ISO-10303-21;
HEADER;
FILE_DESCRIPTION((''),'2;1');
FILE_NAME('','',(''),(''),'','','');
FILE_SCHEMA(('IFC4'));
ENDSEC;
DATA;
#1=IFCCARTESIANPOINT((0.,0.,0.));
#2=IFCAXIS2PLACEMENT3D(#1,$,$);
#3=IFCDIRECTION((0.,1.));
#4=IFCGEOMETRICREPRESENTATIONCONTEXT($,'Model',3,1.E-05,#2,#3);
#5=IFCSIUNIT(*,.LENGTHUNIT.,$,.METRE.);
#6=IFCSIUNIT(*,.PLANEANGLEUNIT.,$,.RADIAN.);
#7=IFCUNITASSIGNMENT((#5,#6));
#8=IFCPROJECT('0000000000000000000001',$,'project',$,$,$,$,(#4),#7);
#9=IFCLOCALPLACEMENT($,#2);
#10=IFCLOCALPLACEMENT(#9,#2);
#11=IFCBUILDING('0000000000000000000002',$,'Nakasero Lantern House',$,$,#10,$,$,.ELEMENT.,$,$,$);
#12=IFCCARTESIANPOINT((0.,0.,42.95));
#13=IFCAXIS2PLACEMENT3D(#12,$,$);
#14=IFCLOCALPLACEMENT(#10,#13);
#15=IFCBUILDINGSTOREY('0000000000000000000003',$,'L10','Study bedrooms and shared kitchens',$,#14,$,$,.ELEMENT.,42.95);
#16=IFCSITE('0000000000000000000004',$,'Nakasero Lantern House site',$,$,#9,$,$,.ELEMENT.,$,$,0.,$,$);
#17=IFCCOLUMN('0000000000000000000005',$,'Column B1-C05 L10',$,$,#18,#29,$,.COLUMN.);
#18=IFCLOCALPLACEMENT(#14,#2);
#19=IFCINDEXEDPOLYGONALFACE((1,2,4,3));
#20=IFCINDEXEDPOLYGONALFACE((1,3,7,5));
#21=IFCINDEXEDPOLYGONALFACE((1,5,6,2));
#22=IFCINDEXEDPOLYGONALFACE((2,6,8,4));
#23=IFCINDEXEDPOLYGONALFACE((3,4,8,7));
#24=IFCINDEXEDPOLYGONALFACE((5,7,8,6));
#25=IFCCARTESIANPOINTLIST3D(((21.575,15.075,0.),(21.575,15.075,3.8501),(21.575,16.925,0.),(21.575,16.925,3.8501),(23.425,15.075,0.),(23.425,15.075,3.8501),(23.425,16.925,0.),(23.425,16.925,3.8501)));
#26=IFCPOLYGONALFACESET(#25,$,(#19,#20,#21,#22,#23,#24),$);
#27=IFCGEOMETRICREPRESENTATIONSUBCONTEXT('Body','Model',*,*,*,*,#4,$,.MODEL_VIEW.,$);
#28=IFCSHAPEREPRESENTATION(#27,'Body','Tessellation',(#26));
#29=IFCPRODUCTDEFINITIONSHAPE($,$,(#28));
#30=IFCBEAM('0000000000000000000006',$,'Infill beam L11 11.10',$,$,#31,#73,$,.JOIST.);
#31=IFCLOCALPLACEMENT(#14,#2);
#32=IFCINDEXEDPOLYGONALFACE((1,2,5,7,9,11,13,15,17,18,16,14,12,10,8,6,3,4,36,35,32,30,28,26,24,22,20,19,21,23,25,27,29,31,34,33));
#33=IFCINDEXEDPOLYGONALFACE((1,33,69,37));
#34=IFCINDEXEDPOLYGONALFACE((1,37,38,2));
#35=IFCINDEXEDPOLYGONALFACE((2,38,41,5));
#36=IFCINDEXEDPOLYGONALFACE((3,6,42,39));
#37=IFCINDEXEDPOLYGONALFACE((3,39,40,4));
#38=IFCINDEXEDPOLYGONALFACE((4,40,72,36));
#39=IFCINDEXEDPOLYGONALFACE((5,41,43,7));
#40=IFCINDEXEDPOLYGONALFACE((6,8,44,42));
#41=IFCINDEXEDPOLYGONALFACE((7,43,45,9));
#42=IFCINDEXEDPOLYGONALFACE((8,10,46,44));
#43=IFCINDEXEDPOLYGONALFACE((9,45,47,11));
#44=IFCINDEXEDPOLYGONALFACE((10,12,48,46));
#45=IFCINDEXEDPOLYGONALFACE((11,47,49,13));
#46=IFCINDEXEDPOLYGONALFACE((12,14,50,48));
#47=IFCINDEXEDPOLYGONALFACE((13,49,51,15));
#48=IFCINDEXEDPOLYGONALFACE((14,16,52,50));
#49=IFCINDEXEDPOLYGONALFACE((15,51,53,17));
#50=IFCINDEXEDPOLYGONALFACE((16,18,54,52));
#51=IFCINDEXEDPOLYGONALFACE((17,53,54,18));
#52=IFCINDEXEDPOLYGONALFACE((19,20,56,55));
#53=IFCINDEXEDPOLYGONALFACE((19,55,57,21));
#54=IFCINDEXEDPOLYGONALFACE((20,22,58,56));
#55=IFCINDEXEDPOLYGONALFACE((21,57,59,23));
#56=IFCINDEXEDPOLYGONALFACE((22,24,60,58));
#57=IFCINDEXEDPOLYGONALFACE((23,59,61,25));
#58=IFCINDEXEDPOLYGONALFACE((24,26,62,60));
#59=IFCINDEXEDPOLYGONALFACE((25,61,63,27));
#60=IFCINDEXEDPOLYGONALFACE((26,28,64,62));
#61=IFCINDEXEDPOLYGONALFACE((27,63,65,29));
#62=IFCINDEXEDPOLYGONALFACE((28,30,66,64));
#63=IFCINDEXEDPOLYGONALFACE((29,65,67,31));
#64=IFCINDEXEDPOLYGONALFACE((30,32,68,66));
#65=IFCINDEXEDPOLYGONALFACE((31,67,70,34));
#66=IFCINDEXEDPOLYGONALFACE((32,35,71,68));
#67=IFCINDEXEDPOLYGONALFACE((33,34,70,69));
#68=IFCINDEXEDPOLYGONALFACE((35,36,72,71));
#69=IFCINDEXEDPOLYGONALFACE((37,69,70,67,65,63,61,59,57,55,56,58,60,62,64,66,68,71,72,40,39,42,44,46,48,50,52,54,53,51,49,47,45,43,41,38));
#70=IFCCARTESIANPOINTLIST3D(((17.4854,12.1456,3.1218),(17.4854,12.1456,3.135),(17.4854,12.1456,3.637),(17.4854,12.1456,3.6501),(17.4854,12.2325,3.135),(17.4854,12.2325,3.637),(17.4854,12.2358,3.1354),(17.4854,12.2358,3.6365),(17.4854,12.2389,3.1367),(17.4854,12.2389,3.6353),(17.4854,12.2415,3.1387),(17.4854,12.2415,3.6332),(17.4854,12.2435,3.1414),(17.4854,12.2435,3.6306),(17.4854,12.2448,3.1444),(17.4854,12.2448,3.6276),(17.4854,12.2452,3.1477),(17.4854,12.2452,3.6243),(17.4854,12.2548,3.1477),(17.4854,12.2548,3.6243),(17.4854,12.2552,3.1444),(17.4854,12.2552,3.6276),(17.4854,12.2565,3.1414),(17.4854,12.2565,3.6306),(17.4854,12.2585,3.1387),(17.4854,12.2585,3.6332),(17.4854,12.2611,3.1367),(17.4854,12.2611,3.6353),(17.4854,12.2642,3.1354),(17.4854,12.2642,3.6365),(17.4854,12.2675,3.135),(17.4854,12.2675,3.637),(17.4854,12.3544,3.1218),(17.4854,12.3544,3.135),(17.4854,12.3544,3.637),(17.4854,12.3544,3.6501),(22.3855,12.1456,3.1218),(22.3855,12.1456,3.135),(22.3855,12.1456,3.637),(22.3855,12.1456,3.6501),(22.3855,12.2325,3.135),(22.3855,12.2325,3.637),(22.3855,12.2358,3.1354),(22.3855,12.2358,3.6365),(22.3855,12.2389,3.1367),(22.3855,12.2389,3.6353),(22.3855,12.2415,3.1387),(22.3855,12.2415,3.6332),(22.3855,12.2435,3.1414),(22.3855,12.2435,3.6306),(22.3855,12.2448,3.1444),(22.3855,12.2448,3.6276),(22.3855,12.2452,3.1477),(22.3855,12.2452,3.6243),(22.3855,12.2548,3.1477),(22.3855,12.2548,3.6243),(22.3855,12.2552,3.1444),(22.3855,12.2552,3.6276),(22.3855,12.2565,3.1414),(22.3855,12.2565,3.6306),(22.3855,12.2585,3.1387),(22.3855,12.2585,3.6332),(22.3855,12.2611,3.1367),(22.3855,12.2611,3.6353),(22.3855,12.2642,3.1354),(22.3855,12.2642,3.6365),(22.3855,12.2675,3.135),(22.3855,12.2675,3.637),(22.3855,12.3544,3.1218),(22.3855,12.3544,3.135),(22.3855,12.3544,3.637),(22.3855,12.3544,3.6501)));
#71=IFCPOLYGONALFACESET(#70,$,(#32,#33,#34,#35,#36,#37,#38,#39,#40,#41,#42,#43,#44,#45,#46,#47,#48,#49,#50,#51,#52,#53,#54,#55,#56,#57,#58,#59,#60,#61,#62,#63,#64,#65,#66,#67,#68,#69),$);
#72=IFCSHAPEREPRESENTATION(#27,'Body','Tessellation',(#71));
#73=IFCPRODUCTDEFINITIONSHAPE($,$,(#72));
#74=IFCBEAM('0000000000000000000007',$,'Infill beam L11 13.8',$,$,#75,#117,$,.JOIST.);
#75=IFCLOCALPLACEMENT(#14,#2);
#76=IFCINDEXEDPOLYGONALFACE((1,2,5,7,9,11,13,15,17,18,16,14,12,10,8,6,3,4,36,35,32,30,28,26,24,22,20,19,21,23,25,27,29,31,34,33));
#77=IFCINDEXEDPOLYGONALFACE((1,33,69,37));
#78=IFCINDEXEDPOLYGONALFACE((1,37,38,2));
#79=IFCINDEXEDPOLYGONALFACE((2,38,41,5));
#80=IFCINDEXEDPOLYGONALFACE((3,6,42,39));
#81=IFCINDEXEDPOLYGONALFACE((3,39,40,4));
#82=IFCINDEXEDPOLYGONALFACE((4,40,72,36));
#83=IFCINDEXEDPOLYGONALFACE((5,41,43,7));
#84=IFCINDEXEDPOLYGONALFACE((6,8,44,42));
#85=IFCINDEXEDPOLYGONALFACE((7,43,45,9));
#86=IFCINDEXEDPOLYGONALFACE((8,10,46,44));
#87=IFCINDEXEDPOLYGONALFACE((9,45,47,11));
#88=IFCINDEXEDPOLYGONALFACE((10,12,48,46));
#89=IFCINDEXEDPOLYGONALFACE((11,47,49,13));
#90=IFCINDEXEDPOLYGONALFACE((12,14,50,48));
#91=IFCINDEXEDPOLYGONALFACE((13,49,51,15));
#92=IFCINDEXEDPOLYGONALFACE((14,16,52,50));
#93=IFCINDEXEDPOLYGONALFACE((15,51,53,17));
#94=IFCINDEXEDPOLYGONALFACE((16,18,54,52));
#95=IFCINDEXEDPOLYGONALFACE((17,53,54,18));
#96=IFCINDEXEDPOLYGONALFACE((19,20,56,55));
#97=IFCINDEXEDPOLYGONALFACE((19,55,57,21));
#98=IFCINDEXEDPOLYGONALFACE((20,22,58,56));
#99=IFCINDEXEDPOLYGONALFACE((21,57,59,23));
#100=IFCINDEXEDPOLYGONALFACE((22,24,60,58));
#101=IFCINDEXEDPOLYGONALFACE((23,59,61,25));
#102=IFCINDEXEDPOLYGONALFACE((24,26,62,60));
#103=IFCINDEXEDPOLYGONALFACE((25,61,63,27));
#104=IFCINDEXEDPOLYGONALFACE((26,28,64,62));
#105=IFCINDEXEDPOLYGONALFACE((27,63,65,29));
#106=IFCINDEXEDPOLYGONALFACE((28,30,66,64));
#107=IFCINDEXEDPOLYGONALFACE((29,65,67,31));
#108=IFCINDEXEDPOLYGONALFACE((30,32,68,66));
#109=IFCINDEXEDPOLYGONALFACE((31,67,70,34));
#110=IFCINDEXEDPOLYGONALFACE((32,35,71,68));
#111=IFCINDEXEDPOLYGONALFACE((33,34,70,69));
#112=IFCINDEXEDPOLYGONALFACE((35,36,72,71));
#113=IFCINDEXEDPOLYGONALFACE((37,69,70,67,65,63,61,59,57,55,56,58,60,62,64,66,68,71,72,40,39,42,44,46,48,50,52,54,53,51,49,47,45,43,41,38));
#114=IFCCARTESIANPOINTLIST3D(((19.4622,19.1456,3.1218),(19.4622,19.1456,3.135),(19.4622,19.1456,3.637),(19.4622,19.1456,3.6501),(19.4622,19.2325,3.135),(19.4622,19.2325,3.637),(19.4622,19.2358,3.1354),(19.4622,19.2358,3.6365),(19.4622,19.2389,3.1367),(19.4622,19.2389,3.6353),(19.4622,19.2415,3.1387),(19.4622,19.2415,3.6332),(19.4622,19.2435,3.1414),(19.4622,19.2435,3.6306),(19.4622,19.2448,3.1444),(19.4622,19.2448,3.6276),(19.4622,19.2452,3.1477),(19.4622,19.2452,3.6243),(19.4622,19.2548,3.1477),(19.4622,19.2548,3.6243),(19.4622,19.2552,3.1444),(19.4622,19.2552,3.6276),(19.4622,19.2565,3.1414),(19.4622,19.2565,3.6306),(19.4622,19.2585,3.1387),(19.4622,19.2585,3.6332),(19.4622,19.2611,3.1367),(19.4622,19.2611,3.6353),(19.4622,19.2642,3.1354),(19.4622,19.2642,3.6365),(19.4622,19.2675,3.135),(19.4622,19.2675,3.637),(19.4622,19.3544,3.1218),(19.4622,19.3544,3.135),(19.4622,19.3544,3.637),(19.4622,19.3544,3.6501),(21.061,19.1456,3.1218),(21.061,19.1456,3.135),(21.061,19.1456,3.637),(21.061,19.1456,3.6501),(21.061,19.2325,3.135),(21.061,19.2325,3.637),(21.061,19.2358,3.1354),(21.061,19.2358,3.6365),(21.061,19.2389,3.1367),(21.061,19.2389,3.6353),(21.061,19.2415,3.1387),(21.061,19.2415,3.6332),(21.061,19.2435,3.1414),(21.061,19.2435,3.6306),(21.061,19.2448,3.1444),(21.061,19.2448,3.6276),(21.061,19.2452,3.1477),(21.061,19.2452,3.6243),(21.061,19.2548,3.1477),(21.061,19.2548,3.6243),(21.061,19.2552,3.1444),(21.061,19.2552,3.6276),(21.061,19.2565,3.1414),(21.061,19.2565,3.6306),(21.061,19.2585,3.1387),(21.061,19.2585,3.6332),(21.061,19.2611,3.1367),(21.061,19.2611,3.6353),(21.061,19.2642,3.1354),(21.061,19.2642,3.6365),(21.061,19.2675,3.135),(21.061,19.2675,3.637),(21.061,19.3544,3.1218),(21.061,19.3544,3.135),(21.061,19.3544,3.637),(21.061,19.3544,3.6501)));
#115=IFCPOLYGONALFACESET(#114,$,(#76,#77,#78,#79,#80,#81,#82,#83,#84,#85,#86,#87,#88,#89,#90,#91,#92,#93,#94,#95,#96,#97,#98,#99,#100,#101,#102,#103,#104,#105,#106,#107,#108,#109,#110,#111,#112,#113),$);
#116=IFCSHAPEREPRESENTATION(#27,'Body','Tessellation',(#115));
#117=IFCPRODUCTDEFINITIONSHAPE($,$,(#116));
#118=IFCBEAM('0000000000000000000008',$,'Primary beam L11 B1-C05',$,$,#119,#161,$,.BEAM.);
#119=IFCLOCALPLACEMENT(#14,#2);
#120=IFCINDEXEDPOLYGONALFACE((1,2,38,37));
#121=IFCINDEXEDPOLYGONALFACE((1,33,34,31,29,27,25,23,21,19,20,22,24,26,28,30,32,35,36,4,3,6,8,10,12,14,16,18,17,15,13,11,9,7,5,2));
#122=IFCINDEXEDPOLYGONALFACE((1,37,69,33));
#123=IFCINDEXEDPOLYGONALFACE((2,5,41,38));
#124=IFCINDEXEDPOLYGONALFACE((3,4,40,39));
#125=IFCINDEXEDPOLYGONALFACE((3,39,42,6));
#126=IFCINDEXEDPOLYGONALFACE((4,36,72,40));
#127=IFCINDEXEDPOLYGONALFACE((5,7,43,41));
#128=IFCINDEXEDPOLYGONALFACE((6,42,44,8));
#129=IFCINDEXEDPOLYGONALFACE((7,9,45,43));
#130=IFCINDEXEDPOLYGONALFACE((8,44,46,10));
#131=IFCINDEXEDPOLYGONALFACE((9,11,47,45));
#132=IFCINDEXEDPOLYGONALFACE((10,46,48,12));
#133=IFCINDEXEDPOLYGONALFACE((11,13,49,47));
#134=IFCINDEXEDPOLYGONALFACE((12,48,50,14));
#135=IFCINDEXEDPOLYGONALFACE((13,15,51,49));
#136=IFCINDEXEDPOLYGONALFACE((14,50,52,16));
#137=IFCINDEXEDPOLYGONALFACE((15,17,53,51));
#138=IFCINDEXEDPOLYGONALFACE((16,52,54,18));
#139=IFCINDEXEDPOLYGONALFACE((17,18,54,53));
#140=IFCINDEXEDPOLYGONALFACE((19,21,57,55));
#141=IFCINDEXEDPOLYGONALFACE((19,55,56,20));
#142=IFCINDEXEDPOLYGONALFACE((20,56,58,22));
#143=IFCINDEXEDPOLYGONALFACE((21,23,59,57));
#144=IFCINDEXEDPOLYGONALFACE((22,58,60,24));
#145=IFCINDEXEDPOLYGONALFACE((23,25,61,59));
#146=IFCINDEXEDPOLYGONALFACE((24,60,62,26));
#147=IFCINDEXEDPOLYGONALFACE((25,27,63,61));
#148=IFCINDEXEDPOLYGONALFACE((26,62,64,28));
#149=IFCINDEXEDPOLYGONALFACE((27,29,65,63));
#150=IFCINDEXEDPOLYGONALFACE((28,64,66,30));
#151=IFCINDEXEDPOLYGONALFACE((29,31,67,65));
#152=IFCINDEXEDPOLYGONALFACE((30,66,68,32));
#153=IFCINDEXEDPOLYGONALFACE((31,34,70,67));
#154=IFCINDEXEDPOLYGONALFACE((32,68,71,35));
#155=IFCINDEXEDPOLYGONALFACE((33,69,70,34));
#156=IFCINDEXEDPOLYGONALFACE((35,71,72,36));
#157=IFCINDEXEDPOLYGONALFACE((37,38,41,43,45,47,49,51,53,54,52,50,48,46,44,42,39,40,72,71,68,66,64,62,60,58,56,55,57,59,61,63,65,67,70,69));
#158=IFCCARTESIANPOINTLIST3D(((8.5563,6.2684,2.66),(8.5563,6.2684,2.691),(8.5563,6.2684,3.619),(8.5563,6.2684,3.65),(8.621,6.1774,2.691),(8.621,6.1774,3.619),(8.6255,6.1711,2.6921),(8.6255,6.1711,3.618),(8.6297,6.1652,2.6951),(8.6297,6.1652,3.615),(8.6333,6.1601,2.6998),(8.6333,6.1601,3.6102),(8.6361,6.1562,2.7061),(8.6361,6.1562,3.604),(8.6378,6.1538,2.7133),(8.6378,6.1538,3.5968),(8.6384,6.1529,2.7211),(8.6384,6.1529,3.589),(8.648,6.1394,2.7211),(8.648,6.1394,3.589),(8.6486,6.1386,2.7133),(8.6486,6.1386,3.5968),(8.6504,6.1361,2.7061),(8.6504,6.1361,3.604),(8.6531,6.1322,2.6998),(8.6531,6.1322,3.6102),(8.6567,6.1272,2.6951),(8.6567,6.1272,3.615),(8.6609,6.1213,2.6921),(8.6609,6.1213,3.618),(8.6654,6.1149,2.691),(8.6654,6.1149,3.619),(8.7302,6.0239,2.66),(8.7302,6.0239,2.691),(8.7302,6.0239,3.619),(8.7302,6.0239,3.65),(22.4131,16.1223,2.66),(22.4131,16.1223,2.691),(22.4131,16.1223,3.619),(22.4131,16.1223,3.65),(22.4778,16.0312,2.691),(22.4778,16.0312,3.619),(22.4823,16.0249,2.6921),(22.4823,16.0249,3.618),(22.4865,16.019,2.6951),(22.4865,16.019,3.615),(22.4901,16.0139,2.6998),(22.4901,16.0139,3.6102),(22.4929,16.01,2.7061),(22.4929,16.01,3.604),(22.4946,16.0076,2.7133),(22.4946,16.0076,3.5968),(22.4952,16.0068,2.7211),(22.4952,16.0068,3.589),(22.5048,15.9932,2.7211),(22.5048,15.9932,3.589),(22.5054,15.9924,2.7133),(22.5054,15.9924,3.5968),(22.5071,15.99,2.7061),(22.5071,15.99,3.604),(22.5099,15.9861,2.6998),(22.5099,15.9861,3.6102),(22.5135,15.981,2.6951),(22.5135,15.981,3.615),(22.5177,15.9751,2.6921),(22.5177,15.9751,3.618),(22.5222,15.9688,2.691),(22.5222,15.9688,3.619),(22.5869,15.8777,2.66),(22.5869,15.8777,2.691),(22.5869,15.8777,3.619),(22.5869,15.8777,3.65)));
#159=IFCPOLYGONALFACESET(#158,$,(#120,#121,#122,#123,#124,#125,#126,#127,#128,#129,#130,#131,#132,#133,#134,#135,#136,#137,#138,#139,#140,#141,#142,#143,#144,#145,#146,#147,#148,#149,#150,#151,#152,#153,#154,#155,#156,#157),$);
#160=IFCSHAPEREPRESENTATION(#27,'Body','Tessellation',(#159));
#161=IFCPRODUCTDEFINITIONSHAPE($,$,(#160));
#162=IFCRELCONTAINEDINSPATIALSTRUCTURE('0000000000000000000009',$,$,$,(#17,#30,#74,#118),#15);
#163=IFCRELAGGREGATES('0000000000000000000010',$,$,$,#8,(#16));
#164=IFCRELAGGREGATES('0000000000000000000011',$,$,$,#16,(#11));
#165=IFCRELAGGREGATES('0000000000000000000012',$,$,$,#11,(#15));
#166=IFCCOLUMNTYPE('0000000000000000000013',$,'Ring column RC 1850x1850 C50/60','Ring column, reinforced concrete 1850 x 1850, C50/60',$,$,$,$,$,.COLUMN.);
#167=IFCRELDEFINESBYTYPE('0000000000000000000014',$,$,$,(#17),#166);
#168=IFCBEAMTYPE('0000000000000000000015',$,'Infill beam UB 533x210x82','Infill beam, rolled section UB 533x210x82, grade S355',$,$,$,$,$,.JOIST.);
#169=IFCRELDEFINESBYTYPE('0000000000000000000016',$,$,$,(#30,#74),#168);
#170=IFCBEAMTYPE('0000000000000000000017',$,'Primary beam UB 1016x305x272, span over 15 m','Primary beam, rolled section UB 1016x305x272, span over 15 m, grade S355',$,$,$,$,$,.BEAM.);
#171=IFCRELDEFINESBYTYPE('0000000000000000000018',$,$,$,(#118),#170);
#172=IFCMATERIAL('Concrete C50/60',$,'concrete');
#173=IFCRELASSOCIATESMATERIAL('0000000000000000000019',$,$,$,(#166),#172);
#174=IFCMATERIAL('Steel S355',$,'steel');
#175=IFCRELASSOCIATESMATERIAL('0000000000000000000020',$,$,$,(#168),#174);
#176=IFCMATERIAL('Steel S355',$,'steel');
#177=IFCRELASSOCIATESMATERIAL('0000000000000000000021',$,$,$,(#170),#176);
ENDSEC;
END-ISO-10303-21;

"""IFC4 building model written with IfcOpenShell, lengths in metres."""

from ifc_helpers import new_model, si_unit, direction, frame, origin, origin_2d, place, context, subcontext, project, spatial, rectangle, i_section, extrude, material, material_profile, profile_set, type_object, element, save


model = new_model("IFC4")

# Units and contexts
model_context = context("Model", 3, precision=1e-05, world=origin(), true_north=direction((0.0, 1.0)))
body_context = subcontext(model_context, "Body", "Model", "MODEL_VIEW")
ifc_project = project(units=[si_unit("LENGTHUNIT", "METRE"), si_unit("PLANEANGLEUNIT", "RADIAN")], contexts=[model_context])

# Site, building, storey
site_placement = place(None, origin())
site = spatial("IfcSite", under=ifc_project, at=site_placement, Name="Nakasero Lantern House site", CompositionType="ELEMENT", RefElevation=0.0)
building_placement = place(site_placement, origin())
building = spatial("IfcBuilding", under=site, at=building_placement, Name="Nakasero Lantern House", CompositionType="ELEMENT")
storey_placement = place(building_placement, frame((0.0, 0.0, 42.95)))
storey = spatial("IfcBuildingStorey", under=building, at=storey_placement, Name="L10", Description="Study bedrooms and shared kitchens", CompositionType="ELEMENT", Elevation=42.95)

# Column
ifc_material_1 = material(Name="Concrete C50/60", Category="concrete")
ifc_material_profile_1 = material_profile(ifc_material_1, rectangle(XDim=1.8501, YDim=1.8501, at=origin_2d()), Name="RC 1850x1850")
ifc_profile_set_1 = profile_set([ifc_material_profile_1], Name="Concrete C50/60")
column_type = type_object("IfcColumnType", Name="Ring column RC 1850x1850 C50/60", Description="Ring column, reinforced concrete 1850 x 1850, C50/60", PredefinedType="COLUMN", material=ifc_profile_set_1)
column_placement = place(storey_placement, frame((22.5, 16.0, 0.0), z_axis=(0.0, 0.0, 1.0), x_axis=(1.0, 0.0, 0.0)))
element("IfcColumn", 1, at=column_placement, inside=storey, type_object=column_type, Name="Column B1-C05 L10", PredefinedType="COLUMN", context=body_context, shape_type="SweptSolid", body=[
    extrude(rectangle(XDim=1.8501, YDim=1.8501, at=origin_2d()), origin(), (0.0, 0.0, 1.0), 3.8501),
])

# Beams
ifc_material_2 = material(Name="Steel S355", Category="steel")
ifc_material_profile_2 = material_profile(ifc_material_2, i_section(OverallWidth=0.2087, OverallDepth=0.5283, WebThickness=0.0095, FlangeThickness=0.0132, FilletRadius=0.0127, at=origin_2d()), Name="UB 533x210x82")
ifc_profile_set_2 = profile_set([ifc_material_profile_2], Name="Steel S355")
beam_type_1 = type_object("IfcBeamType", Name="Infill beam UB 533x210x82", Description="Infill beam, rolled section UB 533x210x82, grade S355", PredefinedType="JOIST", material=ifc_profile_set_2)
beam_1_placement = place(storey_placement, frame((17.4854, 12.25, 3.386), z_axis=(1.0, 0.0, 0.0), x_axis=(0.0, 1.0, 0.0)))
element("IfcBeam", 2, at=beam_1_placement, inside=storey, type_object=beam_type_1, Name="Infill beam L11 11.10", PredefinedType="JOIST", context=body_context, shape_type="SweptSolid", body=[
    extrude(i_section(OverallWidth=0.2087, OverallDepth=0.5283, WebThickness=0.0095, FlangeThickness=0.0132, FilletRadius=0.0127, at=origin_2d()), origin(), (0.0, 0.0, 1.0), 4.9001),
])
beam_2_placement = place(storey_placement, frame((19.4622, 19.25, 3.386), z_axis=(1.0, 0.0, 0.0), x_axis=(0.0, 1.0, 0.0)))
element("IfcBeam", 3, at=beam_2_placement, inside=storey, type_object=beam_type_1, Name="Infill beam L11 13.8", PredefinedType="JOIST", context=body_context, shape_type="SweptSolid", body=[
    extrude(i_section(OverallWidth=0.2087, OverallDepth=0.5283, WebThickness=0.0095, FlangeThickness=0.0132, FilletRadius=0.0127, at=origin_2d()), origin(), (0.0, 0.0, 1.0), 1.5989),
])
ifc_material_3 = material(Name="Steel S355", Category="steel")
ifc_material_profile_3 = material_profile(ifc_material_3, i_section(OverallWidth=0.3, OverallDepth=0.99, WebThickness=0.0166, FlangeThickness=0.031, FilletRadius=0.03, at=origin_2d()), Name="UB 1016x305x272")
ifc_profile_set_3 = profile_set([ifc_material_profile_3], Name="Steel S355")
beam_type_2 = type_object("IfcBeamType", Name="Primary beam UB 1016x305x272, span over 15 m", Description="Primary beam, rolled section UB 1016x305x272, span over 15 m, grade S355", PredefinedType="BEAM", material=ifc_profile_set_3)
beam_3_placement = place(storey_placement, frame((22.5, 16.0, 3.155), z_axis=(-0.814952, -0.579528, 0.0), x_axis=(0.579528, -0.814952, 0.0)))
element("IfcBeam", 4, at=beam_3_placement, inside=storey, type_object=beam_type_2, Name="Primary beam L11 B1-C05", PredefinedType="BEAM", context=body_context, shape_type="SweptSolid", body=[
    extrude(i_section(OverallWidth=0.3, OverallDepth=0.99, WebThickness=0.0166, FlangeThickness=0.031, FilletRadius=0.03, at=origin_2d()), origin(), (0.0, 0.0, 1.0), 17.0032),
])

save(model, "model.ifc")
